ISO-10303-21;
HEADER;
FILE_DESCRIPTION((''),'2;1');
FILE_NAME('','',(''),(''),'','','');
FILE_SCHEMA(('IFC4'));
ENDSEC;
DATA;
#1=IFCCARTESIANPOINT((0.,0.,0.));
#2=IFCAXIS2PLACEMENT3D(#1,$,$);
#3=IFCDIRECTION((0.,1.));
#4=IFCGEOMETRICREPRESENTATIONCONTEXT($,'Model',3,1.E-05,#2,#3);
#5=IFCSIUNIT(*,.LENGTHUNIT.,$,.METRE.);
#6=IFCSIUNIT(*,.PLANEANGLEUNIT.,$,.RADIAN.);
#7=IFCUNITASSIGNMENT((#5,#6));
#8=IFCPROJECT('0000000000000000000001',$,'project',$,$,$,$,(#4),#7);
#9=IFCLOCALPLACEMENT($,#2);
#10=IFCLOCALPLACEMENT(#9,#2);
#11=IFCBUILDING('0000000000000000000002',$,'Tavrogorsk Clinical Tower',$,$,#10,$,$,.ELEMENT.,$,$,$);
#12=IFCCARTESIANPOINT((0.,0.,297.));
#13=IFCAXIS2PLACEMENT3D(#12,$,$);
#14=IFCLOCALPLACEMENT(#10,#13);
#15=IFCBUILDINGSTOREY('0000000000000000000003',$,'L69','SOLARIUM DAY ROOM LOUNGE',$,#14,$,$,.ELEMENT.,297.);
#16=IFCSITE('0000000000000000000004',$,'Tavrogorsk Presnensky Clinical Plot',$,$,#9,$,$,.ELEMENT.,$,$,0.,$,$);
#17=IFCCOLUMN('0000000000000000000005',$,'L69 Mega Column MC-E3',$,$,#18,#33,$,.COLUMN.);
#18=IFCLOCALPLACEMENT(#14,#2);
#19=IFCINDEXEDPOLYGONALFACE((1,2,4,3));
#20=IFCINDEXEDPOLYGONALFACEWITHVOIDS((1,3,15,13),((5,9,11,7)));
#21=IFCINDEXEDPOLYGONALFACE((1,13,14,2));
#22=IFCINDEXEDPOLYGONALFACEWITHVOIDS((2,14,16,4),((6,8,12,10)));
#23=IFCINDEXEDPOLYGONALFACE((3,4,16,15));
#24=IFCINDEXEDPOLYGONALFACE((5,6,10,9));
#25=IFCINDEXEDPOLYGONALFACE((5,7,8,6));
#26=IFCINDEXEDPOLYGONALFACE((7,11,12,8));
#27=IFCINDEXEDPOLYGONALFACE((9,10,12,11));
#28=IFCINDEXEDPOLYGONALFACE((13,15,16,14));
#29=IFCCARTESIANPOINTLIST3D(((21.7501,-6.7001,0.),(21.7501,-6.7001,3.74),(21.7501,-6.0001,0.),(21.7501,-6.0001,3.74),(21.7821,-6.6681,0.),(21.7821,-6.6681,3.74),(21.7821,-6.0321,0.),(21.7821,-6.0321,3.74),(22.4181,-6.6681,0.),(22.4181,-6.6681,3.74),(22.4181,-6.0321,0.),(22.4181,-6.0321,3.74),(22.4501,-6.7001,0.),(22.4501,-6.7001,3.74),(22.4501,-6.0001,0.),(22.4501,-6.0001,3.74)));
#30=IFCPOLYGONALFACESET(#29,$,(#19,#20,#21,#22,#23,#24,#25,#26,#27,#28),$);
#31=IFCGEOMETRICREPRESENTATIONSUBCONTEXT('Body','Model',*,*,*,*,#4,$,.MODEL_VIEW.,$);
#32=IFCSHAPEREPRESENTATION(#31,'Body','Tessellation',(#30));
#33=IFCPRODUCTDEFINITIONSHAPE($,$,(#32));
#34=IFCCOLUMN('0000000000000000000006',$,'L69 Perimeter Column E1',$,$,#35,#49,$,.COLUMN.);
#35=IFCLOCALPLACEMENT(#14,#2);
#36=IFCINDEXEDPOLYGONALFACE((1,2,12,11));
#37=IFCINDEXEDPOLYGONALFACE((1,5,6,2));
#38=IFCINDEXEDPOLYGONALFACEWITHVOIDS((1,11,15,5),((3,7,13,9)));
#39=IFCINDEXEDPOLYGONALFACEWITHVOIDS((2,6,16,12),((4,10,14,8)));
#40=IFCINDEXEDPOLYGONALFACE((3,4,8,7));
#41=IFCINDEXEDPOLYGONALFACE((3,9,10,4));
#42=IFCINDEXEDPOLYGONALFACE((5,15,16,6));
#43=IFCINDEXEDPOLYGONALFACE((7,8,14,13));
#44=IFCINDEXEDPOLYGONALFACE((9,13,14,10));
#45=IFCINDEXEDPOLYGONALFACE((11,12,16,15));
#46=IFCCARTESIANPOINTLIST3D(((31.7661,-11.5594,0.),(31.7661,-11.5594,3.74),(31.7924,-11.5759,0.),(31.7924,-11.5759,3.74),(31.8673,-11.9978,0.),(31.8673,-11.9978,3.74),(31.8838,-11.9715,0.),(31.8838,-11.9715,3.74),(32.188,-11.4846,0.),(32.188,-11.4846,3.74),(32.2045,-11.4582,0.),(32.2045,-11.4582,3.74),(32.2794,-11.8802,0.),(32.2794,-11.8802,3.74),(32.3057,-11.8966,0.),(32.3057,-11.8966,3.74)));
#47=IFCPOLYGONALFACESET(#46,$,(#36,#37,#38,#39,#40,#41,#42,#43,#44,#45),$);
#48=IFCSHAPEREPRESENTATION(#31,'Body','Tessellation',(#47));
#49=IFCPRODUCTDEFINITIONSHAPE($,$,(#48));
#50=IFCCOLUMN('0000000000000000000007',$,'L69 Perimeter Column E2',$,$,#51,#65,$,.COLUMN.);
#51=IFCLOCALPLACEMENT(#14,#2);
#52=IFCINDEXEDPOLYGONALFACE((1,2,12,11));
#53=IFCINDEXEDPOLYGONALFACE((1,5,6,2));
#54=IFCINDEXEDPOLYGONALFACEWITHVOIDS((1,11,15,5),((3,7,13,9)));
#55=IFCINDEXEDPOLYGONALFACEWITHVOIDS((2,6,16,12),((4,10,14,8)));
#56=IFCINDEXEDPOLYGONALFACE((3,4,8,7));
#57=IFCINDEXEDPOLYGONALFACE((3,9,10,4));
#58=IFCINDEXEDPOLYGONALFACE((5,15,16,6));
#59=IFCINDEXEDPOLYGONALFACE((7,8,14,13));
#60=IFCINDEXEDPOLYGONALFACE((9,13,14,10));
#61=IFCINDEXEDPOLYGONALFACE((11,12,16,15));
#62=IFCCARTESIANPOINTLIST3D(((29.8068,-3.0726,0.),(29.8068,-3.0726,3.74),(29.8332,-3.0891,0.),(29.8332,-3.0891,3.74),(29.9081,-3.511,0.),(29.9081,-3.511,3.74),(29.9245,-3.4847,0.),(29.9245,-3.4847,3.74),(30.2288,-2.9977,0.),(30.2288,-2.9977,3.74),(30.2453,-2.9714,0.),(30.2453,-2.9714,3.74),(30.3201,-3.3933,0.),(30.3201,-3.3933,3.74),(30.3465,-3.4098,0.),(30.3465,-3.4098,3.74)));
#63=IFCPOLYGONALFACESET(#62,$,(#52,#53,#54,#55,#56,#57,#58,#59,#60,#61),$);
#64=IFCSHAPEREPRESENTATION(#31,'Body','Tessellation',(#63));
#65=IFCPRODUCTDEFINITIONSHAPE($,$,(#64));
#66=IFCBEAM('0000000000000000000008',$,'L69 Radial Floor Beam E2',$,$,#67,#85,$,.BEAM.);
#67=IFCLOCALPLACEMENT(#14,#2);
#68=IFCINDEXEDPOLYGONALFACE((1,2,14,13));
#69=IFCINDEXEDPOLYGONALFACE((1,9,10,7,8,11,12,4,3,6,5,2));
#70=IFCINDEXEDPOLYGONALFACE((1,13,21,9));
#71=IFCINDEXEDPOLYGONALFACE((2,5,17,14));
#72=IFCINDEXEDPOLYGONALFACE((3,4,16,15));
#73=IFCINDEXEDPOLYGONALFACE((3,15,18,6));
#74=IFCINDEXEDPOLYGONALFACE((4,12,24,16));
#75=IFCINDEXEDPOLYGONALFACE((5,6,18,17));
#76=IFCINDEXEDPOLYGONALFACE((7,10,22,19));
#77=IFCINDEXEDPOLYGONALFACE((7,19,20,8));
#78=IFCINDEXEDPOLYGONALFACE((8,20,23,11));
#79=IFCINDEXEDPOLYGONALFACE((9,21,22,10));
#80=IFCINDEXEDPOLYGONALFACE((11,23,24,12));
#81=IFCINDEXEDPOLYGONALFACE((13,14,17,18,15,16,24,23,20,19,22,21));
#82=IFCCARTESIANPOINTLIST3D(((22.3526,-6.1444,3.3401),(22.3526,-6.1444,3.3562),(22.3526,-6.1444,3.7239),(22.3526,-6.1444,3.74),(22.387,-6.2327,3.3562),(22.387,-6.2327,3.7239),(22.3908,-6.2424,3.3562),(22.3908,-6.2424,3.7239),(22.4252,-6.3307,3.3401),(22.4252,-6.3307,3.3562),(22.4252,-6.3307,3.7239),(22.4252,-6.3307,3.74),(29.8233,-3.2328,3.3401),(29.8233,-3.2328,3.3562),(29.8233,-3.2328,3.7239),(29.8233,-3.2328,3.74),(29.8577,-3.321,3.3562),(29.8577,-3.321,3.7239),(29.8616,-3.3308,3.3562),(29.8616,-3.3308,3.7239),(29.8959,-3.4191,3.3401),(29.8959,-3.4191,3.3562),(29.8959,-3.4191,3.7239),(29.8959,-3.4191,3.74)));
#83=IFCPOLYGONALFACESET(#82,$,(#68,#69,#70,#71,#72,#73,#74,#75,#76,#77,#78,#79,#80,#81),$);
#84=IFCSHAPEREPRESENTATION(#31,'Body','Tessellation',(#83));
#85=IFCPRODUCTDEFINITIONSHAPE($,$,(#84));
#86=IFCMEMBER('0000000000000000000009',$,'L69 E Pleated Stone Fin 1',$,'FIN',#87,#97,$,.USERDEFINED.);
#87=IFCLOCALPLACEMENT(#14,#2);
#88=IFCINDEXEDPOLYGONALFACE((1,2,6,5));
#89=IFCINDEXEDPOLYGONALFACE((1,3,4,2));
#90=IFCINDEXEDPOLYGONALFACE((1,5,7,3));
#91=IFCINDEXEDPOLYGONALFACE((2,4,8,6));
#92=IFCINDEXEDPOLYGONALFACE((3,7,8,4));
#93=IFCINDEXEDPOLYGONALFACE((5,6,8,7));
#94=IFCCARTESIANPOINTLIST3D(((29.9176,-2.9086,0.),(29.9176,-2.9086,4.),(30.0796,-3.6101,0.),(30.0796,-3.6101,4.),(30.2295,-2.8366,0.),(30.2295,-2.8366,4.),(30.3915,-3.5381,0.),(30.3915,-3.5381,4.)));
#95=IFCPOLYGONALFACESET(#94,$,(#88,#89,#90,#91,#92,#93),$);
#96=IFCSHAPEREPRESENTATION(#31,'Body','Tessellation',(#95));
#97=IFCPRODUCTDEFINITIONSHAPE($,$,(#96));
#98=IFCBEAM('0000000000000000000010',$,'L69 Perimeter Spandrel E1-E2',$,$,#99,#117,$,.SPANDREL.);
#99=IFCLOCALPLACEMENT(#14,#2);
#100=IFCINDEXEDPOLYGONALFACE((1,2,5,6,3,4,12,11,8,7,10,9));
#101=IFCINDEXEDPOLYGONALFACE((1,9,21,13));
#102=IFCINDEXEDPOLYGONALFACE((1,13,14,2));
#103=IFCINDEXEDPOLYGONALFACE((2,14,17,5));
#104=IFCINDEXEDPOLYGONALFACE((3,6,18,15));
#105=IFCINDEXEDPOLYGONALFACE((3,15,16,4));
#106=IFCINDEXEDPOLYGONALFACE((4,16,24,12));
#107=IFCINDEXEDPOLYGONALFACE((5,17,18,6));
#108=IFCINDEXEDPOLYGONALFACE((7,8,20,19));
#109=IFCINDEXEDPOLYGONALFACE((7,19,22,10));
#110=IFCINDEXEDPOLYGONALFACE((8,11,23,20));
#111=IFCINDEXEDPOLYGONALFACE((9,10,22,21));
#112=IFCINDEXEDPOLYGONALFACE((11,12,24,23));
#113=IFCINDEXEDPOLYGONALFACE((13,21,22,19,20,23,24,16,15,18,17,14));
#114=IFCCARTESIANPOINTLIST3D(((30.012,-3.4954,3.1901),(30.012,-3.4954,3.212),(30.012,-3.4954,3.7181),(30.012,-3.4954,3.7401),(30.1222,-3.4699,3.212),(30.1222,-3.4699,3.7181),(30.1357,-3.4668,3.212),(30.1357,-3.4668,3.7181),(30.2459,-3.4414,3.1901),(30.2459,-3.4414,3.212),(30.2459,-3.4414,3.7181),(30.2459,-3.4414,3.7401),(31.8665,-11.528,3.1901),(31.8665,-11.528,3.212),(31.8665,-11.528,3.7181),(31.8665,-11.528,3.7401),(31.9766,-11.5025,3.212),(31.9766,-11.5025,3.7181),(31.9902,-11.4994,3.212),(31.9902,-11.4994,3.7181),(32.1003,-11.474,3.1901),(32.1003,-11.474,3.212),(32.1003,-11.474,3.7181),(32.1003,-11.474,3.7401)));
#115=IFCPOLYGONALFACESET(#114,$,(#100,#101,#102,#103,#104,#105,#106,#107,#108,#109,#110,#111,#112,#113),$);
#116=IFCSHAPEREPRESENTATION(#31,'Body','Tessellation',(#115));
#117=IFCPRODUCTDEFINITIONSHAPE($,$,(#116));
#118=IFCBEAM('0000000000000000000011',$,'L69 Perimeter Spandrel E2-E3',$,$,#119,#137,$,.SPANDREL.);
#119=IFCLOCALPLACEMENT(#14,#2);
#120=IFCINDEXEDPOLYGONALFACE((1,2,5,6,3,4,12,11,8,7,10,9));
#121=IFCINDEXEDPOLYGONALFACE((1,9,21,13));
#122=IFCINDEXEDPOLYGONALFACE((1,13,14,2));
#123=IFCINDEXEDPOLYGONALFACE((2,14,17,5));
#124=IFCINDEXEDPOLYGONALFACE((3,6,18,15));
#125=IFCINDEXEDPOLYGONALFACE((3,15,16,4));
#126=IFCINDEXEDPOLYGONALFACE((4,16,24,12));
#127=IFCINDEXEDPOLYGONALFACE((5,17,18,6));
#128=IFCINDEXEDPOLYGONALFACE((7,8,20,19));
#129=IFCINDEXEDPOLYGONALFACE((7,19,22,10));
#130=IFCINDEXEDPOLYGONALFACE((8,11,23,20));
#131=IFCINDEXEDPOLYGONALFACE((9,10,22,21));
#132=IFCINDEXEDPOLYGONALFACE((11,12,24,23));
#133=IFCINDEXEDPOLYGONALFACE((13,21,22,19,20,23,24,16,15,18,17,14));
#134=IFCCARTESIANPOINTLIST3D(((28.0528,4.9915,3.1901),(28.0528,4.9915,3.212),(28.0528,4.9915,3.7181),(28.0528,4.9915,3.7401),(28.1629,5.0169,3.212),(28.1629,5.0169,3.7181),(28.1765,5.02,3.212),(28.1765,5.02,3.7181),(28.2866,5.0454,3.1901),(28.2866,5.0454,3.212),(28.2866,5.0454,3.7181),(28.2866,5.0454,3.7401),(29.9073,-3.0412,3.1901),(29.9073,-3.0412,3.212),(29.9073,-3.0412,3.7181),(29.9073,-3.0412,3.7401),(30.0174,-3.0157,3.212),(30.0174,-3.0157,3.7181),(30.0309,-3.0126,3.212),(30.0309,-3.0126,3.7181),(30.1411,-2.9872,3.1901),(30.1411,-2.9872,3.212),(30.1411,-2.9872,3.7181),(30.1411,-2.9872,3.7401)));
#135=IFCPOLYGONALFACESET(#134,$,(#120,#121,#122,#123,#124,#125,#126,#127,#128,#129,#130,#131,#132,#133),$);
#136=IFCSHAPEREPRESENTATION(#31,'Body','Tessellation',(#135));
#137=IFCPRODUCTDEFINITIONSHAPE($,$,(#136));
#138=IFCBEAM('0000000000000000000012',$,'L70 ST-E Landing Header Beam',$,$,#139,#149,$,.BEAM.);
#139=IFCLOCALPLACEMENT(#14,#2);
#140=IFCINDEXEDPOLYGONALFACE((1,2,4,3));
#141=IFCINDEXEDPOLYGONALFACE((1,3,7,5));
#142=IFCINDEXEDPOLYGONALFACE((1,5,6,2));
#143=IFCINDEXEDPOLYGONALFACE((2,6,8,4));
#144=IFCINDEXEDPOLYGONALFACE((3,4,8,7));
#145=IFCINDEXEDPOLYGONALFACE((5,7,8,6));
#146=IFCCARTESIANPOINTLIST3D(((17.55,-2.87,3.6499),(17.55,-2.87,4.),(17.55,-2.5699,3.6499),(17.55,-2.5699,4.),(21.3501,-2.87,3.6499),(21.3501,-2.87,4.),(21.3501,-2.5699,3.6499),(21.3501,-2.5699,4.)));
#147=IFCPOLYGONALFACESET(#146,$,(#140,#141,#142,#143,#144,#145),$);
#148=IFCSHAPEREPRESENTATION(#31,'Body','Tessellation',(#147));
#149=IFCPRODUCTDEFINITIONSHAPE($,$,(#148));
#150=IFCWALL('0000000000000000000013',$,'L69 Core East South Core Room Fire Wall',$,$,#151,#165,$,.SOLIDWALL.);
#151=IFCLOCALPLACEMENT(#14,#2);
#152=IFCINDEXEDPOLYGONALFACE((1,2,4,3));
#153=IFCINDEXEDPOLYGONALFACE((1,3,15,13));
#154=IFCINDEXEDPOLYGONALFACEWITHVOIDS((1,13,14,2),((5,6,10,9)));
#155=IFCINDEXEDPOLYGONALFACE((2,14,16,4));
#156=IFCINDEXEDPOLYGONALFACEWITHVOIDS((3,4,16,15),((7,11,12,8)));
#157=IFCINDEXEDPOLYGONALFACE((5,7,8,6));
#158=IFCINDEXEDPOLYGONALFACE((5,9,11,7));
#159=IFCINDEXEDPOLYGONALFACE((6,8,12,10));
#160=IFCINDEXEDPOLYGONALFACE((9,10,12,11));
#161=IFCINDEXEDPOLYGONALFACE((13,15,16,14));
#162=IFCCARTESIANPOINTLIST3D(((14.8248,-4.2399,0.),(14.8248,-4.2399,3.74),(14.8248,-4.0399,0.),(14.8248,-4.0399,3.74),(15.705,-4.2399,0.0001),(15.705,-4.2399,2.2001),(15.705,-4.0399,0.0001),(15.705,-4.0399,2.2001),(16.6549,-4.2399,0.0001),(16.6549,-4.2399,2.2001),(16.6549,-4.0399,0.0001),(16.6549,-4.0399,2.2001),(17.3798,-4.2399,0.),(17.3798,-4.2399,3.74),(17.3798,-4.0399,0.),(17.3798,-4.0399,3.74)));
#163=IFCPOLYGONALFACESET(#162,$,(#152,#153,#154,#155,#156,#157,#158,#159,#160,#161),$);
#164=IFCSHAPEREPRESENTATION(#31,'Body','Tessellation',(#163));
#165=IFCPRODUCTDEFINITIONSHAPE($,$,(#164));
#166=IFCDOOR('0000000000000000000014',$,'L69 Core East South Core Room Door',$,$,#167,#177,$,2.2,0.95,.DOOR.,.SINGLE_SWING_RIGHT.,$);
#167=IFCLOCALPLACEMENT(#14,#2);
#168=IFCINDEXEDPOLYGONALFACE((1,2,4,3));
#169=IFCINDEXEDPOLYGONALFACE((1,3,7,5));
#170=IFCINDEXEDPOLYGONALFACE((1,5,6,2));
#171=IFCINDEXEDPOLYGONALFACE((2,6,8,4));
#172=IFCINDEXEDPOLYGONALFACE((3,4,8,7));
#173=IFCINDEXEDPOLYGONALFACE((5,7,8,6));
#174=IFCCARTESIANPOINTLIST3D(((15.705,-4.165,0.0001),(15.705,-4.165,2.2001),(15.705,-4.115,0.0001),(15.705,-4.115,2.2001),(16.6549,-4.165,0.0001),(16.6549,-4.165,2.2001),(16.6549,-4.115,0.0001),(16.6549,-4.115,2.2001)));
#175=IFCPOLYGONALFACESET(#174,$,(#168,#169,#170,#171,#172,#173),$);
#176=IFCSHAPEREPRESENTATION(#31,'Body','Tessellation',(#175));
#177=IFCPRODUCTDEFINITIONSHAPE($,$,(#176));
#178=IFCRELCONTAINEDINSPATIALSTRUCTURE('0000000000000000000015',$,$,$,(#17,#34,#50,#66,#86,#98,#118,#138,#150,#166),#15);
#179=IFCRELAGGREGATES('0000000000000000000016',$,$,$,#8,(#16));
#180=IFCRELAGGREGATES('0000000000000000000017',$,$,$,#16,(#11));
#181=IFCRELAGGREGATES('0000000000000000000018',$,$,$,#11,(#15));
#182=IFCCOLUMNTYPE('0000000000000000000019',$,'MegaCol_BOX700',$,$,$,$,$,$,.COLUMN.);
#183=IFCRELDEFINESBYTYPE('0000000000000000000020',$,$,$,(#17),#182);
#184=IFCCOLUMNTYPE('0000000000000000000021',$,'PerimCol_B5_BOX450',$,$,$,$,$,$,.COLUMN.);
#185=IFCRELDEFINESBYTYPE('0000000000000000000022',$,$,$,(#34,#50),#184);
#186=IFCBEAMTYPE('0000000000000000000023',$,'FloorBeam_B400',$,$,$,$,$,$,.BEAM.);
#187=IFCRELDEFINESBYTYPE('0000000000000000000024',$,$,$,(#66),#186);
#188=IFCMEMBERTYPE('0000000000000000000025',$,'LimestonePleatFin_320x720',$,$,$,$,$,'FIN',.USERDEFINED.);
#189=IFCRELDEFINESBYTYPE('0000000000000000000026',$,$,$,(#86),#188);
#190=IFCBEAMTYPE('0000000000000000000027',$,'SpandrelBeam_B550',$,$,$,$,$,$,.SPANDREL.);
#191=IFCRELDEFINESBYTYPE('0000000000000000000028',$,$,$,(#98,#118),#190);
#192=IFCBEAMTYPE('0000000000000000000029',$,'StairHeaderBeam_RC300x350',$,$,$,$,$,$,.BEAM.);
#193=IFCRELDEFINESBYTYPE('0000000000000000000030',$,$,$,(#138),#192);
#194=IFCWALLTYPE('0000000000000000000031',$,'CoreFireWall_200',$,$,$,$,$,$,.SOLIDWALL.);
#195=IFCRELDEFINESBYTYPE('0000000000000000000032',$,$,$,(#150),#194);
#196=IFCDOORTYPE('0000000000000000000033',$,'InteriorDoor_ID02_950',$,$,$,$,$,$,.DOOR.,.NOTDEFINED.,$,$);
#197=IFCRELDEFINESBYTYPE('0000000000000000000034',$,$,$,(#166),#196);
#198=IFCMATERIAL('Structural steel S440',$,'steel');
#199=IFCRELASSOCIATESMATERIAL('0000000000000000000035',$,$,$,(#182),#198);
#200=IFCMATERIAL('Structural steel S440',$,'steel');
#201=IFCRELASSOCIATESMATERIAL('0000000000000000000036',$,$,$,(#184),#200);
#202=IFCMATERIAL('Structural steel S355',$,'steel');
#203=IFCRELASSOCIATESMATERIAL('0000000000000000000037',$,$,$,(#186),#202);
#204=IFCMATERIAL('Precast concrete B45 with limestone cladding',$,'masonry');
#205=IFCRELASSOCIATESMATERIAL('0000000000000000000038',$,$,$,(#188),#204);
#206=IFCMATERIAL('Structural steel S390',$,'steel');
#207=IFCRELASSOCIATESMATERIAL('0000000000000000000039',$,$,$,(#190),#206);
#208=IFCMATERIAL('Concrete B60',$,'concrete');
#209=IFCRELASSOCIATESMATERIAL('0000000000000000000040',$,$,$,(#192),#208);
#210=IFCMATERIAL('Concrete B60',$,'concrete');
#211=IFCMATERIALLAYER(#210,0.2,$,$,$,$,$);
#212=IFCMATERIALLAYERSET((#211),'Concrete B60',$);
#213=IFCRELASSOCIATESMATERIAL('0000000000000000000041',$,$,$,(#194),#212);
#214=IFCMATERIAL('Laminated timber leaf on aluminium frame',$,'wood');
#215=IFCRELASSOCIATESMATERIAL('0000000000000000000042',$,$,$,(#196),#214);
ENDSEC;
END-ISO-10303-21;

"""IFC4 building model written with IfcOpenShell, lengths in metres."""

from ifc_helpers import new_model, si_unit, direction, frame, frame_2d, origin, origin_2d, place, context, subcontext, project, spatial, rectangle, hollow_rectangle, i_section, extrude, material, layer, layer_set, material_profile, profile_set, type_object, element, fill, save


model = new_model("IFC4")

# Units and contexts
model_context = context("Model", 3, precision=1e-05, world=origin(), true_north=direction((0.0, 1.0)))
body_context = subcontext(model_context, "Body", "Model", "MODEL_VIEW")
ifc_project = project(units=[si_unit("LENGTHUNIT", "METRE"), si_unit("PLANEANGLEUNIT", "RADIAN")], contexts=[model_context])

# Site, building, storey
site_placement = place(None, origin())
site = spatial("IfcSite", under=ifc_project, at=site_placement, Name="Tavrogorsk Presnensky Clinical Plot", CompositionType="ELEMENT", RefElevation=0.0)
building_placement = place(site_placement, origin())
building = spatial("IfcBuilding", under=site, at=building_placement, Name="Tavrogorsk Clinical Tower", CompositionType="ELEMENT")
storey_placement = place(building_placement, frame((0.0, 0.0, 297.0)))
storey = spatial("IfcBuildingStorey", under=building, at=storey_placement, Name="L69", Description="SOLARIUM DAY ROOM LOUNGE", CompositionType="ELEMENT", Elevation=297.0)

# Columns
ifc_material_1 = material(Name="Structural steel S440", Category="steel")
ifc_material_profile_1 = material_profile(ifc_material_1, hollow_rectangle(XDim=0.7, YDim=0.7, WallThickness=0.032, at=origin_2d()), Name="BOX-700x700x32")
ifc_profile_set_1 = profile_set([ifc_material_profile_1], Name="Structural steel S440")
column_type_1 = type_object("IfcColumnType", Name="MegaCol_BOX700", PredefinedType="COLUMN", material=ifc_profile_set_1)
column_placement = place(storey_placement, frame((22.1001, -6.3501, 0.0), z_axis=(0.0, 0.0, 1.0), x_axis=(1.0, 0.0, 0.0)))
element("IfcColumn", 1, at=column_placement, inside=storey, type_object=column_type_1, Name="L69 Mega Column MC-E3", PredefinedType="COLUMN", context=body_context, shape_type="SweptSolid", body=[
    extrude(hollow_rectangle(XDim=0.7, YDim=0.7, WallThickness=0.032, at=origin_2d()), origin(), (0.0, 0.0, 1.0), 3.74),
])
ifc_material_2 = material(Name="Structural steel S440", Category="steel")
ifc_material_profile_2 = material_profile(ifc_material_2, hollow_rectangle(XDim=0.45, YDim=0.45, WallThickness=0.022, at=origin_2d()), Name="BOX-450x450x22")
ifc_profile_set_2 = profile_set([ifc_material_profile_2], Name="Structural steel S440")
column_type_2 = type_object("IfcColumnType", Name="PerimCol_B5_BOX450", PredefinedType="COLUMN", material=ifc_profile_set_2)
for number, where, z_axis, x_axis, name in (
    (2, (32.0359, -11.728, 0.0), (0.0, 0.0, 1.0), (0.97437, 0.224951, 0.0), "L69 Perimeter Column E1"),
    (3, (30.0767, -3.2412, 0.0), (0.0, 0.0, 1.0), (0.97437, 0.224951, 0.0), "L69 Perimeter Column E2"),
):
    element("IfcColumn", number, at=place(storey_placement, frame(where, z_axis=z_axis, x_axis=x_axis)), inside=storey, type_object=column_type_2, Name=name, PredefinedType="COLUMN", context=body_context, shape_type="SweptSolid", body=[
        extrude(hollow_rectangle(XDim=0.45, YDim=0.45, WallThickness=0.022, at=origin_2d()), origin(), (0.0, 0.0, 1.0), 3.74),
    ])

# Beam
ifc_material_3 = material(Name="Structural steel S355", Category="steel")
ifc_material_profile_3 = material_profile(ifc_material_3, i_section(OverallWidth=0.2, OverallDepth=0.3999, WebThickness=0.0105, FlangeThickness=0.0161, at=origin_2d()), Name="B-400x200x10.5x16")
ifc_profile_set_3 = profile_set([ifc_material_profile_3], Name="Structural steel S355")
beam_type_1 = type_object("IfcBeamType", Name="FloorBeam_B400", PredefinedType="BEAM", material=ifc_profile_set_3)
beam_1_placement = place(storey_placement, frame((22.3889, -6.2375, 3.54), z_axis=(0.931737, 0.363134, 0.0), x_axis=(-0.363134, 0.931737, 0.0)))
element("IfcBeam", 4, at=beam_1_placement, inside=storey, type_object=beam_type_1, Name="L69 Radial Floor Beam E2", PredefinedType="BEAM", context=body_context, shape_type="SweptSolid", body=[
    extrude(i_section(OverallWidth=0.2, OverallDepth=0.3999, WebThickness=0.0105, FlangeThickness=0.0161, at=origin_2d()), origin(), (0.0, 0.0, 1.0), 8.0181),
])

# Member
ifc_material_4 = material(Name="Precast concrete B45 with limestone cladding", Category="masonry")
ifc_material_profile_4 = material_profile(ifc_material_4, rectangle(XDim=0.3201, YDim=0.72, at=origin_2d()), Name="LIMESTONE-FIN-320x720")
ifc_profile_set_4 = profile_set([ifc_material_profile_4], Name="Precast concrete B45 with limestone cladding")
member_type = type_object("IfcMemberType", Name="LimestonePleatFin_320x720", ElementType="FIN", PredefinedType="USERDEFINED", material=ifc_profile_set_4)
member_placement = place(storey_placement, frame((30.1545, -3.2234, 0.0), z_axis=(0.0, 0.0, 1.0), x_axis=(0.97437, 0.224951, 0.0)))
element("IfcMember", 5, at=member_placement, inside=storey, type_object=member_type, Name="L69 E Pleated Stone Fin 1", ObjectType="FIN", PredefinedType="USERDEFINED", context=body_context, shape_type="SweptSolid", body=[
    extrude(rectangle(XDim=0.3201, YDim=0.72, at=origin_2d()), origin(), (0.0, 0.0, 1.0), 4.0),
])

# Beams
ifc_material_5 = material(Name="Structural steel S390", Category="steel")
ifc_material_profile_5 = material_profile(ifc_material_5, i_section(OverallWidth=0.24, OverallDepth=0.55, WebThickness=0.0139, FlangeThickness=0.022, at=origin_2d()), Name="B-550x240x14x22")
ifc_profile_set_5 = profile_set([ifc_material_profile_5], Name="Structural steel S390")
beam_type_2 = type_object("IfcBeamType", Name="SpandrelBeam_B550", PredefinedType="SPANDREL", material=ifc_profile_set_5)
for number, where, z_axis, x_axis, name in (
    (6, (31.9834, -11.501, 3.4651), (-0.22495, 0.97437, 0.0), (-0.97437, -0.22495, 0.0), "L69 Perimeter Spandrel E1-E2"),
    (7, (30.0242, -3.0142, 3.4651), (-0.22495, 0.97437, 0.0), (-0.97437, -0.22495, 0.0), "L69 Perimeter Spandrel E2-E3"),
):
    element("IfcBeam", number, at=place(storey_placement, frame(where, z_axis=z_axis, x_axis=x_axis)), inside=storey, type_object=beam_type_2, Name=name, PredefinedType="SPANDREL", context=body_context, shape_type="SweptSolid", body=[
        extrude(i_section(OverallWidth=0.24, OverallDepth=0.55, WebThickness=0.0139, FlangeThickness=0.022, at=origin_2d()), origin(), (0.0, 0.0, 1.0), 8.2439),
    ])
ifc_material_6 = material(Name="Concrete B60", Category="concrete")
ifc_material_profile_6 = material_profile(ifc_material_6, rectangle(XDim=0.3, YDim=0.3501, at=origin_2d()), Name="RC-SHB-300x350")
ifc_profile_set_6 = profile_set([ifc_material_profile_6], Name="Concrete B60")
beam_type_3 = type_object("IfcBeamType", Name="StairHeaderBeam_RC300x350", PredefinedType="BEAM", material=ifc_profile_set_6)
beam_2_placement = place(storey_placement, frame((17.55, -2.72, 3.825), z_axis=(1.0, 0.0, 0.0), x_axis=(0.0, 1.0, 0.0)))
element("IfcBeam", 8, at=beam_2_placement, inside=storey, type_object=beam_type_3, Name="L70 ST-E Landing Header Beam", PredefinedType="BEAM", context=body_context, shape_type="SweptSolid", body=[
    extrude(rectangle(XDim=0.3, YDim=0.3501, at=origin_2d()), origin(), (0.0, 0.0, 1.0), 3.8),
])

# Wall, opening, door
ifc_material_7 = material(Name="Concrete B60", Category="concrete")
ifc_layer_1 = layer(ifc_material_7, 0.2)
ifc_layer_set_1 = layer_set([ifc_layer_1], Name="Concrete B60")
wall_type_1 = type_object("IfcWallType", Name="CoreFireWall_200", PredefinedType="SOLIDWALL", material=ifc_layer_set_1)
wall_1_placement = place(storey_placement, frame((14.825, -4.1399, 0.0), z_axis=(0.0, 0.0, 1.0), x_axis=(1.0, 0.0, 0.0)))
wall_1 = element("IfcWall", 9, at=wall_1_placement, inside=storey, type_object=wall_type_1, Name="L69 Core East South Core Room Fire Wall", PredefinedType="SOLIDWALL", context=body_context, shape_type="SweptSolid", body=[
    extrude(rectangle(XDim=2.5549, YDim=0.2, at=frame_2d((1.2773, 0.0))), origin(), (0.0, 0.0, 1.0), 3.74),
])
opening_1_placement = place(wall_1_placement, frame((0.8799, 0.0, 0.0)))
opening_1 = element("IfcOpeningElement", 10, at=opening_1_placement, cuts=wall_1, PredefinedType="OPENING", context=body_context, shape_type="SweptSolid", body=[
    extrude(rectangle(XDim=0.95, YDim=2.2, at=frame_2d((0.4751, 1.1001))), frame((0.0, 0.1099, 0.0), z_axis=(0.0, -1.0, 0.0), x_axis=(1.0, 0.0, 0.0)), (0.0, 0.0, 1.0), 0.22),
])
ifc_material_8 = material(Name="Laminated timber leaf on aluminium frame", Category="wood")
door_type_1 = type_object("IfcDoorType", Name="InteriorDoor_ID02_950", OperationType="NOTDEFINED", PredefinedType="DOOR", material=ifc_material_8)
door_1_placement = place(opening_1_placement, origin())
door_1 = element("IfcDoor", 11, at=door_1_placement, inside=storey, type_object=door_type_1, Name="L69 Core East South Core Room Door", OperationType="SINGLE_SWING_RIGHT", OverallHeight=2.2, OverallWidth=0.95, PredefinedType="DOOR", context=body_context, shape_type="SweptSolid", body=[
    extrude(rectangle(XDim=0.95, YDim=2.2, at=frame_2d((0.4751, 1.1001))), frame((0.0, 0.0249, 0.0), z_axis=(0.0, -1.0, 0.0), x_axis=(1.0, 0.0, 0.0)), (0.0, 0.0, 1.0), 0.05),
])
fill(opening_1, door_1)

save(model, "model.ifc")
